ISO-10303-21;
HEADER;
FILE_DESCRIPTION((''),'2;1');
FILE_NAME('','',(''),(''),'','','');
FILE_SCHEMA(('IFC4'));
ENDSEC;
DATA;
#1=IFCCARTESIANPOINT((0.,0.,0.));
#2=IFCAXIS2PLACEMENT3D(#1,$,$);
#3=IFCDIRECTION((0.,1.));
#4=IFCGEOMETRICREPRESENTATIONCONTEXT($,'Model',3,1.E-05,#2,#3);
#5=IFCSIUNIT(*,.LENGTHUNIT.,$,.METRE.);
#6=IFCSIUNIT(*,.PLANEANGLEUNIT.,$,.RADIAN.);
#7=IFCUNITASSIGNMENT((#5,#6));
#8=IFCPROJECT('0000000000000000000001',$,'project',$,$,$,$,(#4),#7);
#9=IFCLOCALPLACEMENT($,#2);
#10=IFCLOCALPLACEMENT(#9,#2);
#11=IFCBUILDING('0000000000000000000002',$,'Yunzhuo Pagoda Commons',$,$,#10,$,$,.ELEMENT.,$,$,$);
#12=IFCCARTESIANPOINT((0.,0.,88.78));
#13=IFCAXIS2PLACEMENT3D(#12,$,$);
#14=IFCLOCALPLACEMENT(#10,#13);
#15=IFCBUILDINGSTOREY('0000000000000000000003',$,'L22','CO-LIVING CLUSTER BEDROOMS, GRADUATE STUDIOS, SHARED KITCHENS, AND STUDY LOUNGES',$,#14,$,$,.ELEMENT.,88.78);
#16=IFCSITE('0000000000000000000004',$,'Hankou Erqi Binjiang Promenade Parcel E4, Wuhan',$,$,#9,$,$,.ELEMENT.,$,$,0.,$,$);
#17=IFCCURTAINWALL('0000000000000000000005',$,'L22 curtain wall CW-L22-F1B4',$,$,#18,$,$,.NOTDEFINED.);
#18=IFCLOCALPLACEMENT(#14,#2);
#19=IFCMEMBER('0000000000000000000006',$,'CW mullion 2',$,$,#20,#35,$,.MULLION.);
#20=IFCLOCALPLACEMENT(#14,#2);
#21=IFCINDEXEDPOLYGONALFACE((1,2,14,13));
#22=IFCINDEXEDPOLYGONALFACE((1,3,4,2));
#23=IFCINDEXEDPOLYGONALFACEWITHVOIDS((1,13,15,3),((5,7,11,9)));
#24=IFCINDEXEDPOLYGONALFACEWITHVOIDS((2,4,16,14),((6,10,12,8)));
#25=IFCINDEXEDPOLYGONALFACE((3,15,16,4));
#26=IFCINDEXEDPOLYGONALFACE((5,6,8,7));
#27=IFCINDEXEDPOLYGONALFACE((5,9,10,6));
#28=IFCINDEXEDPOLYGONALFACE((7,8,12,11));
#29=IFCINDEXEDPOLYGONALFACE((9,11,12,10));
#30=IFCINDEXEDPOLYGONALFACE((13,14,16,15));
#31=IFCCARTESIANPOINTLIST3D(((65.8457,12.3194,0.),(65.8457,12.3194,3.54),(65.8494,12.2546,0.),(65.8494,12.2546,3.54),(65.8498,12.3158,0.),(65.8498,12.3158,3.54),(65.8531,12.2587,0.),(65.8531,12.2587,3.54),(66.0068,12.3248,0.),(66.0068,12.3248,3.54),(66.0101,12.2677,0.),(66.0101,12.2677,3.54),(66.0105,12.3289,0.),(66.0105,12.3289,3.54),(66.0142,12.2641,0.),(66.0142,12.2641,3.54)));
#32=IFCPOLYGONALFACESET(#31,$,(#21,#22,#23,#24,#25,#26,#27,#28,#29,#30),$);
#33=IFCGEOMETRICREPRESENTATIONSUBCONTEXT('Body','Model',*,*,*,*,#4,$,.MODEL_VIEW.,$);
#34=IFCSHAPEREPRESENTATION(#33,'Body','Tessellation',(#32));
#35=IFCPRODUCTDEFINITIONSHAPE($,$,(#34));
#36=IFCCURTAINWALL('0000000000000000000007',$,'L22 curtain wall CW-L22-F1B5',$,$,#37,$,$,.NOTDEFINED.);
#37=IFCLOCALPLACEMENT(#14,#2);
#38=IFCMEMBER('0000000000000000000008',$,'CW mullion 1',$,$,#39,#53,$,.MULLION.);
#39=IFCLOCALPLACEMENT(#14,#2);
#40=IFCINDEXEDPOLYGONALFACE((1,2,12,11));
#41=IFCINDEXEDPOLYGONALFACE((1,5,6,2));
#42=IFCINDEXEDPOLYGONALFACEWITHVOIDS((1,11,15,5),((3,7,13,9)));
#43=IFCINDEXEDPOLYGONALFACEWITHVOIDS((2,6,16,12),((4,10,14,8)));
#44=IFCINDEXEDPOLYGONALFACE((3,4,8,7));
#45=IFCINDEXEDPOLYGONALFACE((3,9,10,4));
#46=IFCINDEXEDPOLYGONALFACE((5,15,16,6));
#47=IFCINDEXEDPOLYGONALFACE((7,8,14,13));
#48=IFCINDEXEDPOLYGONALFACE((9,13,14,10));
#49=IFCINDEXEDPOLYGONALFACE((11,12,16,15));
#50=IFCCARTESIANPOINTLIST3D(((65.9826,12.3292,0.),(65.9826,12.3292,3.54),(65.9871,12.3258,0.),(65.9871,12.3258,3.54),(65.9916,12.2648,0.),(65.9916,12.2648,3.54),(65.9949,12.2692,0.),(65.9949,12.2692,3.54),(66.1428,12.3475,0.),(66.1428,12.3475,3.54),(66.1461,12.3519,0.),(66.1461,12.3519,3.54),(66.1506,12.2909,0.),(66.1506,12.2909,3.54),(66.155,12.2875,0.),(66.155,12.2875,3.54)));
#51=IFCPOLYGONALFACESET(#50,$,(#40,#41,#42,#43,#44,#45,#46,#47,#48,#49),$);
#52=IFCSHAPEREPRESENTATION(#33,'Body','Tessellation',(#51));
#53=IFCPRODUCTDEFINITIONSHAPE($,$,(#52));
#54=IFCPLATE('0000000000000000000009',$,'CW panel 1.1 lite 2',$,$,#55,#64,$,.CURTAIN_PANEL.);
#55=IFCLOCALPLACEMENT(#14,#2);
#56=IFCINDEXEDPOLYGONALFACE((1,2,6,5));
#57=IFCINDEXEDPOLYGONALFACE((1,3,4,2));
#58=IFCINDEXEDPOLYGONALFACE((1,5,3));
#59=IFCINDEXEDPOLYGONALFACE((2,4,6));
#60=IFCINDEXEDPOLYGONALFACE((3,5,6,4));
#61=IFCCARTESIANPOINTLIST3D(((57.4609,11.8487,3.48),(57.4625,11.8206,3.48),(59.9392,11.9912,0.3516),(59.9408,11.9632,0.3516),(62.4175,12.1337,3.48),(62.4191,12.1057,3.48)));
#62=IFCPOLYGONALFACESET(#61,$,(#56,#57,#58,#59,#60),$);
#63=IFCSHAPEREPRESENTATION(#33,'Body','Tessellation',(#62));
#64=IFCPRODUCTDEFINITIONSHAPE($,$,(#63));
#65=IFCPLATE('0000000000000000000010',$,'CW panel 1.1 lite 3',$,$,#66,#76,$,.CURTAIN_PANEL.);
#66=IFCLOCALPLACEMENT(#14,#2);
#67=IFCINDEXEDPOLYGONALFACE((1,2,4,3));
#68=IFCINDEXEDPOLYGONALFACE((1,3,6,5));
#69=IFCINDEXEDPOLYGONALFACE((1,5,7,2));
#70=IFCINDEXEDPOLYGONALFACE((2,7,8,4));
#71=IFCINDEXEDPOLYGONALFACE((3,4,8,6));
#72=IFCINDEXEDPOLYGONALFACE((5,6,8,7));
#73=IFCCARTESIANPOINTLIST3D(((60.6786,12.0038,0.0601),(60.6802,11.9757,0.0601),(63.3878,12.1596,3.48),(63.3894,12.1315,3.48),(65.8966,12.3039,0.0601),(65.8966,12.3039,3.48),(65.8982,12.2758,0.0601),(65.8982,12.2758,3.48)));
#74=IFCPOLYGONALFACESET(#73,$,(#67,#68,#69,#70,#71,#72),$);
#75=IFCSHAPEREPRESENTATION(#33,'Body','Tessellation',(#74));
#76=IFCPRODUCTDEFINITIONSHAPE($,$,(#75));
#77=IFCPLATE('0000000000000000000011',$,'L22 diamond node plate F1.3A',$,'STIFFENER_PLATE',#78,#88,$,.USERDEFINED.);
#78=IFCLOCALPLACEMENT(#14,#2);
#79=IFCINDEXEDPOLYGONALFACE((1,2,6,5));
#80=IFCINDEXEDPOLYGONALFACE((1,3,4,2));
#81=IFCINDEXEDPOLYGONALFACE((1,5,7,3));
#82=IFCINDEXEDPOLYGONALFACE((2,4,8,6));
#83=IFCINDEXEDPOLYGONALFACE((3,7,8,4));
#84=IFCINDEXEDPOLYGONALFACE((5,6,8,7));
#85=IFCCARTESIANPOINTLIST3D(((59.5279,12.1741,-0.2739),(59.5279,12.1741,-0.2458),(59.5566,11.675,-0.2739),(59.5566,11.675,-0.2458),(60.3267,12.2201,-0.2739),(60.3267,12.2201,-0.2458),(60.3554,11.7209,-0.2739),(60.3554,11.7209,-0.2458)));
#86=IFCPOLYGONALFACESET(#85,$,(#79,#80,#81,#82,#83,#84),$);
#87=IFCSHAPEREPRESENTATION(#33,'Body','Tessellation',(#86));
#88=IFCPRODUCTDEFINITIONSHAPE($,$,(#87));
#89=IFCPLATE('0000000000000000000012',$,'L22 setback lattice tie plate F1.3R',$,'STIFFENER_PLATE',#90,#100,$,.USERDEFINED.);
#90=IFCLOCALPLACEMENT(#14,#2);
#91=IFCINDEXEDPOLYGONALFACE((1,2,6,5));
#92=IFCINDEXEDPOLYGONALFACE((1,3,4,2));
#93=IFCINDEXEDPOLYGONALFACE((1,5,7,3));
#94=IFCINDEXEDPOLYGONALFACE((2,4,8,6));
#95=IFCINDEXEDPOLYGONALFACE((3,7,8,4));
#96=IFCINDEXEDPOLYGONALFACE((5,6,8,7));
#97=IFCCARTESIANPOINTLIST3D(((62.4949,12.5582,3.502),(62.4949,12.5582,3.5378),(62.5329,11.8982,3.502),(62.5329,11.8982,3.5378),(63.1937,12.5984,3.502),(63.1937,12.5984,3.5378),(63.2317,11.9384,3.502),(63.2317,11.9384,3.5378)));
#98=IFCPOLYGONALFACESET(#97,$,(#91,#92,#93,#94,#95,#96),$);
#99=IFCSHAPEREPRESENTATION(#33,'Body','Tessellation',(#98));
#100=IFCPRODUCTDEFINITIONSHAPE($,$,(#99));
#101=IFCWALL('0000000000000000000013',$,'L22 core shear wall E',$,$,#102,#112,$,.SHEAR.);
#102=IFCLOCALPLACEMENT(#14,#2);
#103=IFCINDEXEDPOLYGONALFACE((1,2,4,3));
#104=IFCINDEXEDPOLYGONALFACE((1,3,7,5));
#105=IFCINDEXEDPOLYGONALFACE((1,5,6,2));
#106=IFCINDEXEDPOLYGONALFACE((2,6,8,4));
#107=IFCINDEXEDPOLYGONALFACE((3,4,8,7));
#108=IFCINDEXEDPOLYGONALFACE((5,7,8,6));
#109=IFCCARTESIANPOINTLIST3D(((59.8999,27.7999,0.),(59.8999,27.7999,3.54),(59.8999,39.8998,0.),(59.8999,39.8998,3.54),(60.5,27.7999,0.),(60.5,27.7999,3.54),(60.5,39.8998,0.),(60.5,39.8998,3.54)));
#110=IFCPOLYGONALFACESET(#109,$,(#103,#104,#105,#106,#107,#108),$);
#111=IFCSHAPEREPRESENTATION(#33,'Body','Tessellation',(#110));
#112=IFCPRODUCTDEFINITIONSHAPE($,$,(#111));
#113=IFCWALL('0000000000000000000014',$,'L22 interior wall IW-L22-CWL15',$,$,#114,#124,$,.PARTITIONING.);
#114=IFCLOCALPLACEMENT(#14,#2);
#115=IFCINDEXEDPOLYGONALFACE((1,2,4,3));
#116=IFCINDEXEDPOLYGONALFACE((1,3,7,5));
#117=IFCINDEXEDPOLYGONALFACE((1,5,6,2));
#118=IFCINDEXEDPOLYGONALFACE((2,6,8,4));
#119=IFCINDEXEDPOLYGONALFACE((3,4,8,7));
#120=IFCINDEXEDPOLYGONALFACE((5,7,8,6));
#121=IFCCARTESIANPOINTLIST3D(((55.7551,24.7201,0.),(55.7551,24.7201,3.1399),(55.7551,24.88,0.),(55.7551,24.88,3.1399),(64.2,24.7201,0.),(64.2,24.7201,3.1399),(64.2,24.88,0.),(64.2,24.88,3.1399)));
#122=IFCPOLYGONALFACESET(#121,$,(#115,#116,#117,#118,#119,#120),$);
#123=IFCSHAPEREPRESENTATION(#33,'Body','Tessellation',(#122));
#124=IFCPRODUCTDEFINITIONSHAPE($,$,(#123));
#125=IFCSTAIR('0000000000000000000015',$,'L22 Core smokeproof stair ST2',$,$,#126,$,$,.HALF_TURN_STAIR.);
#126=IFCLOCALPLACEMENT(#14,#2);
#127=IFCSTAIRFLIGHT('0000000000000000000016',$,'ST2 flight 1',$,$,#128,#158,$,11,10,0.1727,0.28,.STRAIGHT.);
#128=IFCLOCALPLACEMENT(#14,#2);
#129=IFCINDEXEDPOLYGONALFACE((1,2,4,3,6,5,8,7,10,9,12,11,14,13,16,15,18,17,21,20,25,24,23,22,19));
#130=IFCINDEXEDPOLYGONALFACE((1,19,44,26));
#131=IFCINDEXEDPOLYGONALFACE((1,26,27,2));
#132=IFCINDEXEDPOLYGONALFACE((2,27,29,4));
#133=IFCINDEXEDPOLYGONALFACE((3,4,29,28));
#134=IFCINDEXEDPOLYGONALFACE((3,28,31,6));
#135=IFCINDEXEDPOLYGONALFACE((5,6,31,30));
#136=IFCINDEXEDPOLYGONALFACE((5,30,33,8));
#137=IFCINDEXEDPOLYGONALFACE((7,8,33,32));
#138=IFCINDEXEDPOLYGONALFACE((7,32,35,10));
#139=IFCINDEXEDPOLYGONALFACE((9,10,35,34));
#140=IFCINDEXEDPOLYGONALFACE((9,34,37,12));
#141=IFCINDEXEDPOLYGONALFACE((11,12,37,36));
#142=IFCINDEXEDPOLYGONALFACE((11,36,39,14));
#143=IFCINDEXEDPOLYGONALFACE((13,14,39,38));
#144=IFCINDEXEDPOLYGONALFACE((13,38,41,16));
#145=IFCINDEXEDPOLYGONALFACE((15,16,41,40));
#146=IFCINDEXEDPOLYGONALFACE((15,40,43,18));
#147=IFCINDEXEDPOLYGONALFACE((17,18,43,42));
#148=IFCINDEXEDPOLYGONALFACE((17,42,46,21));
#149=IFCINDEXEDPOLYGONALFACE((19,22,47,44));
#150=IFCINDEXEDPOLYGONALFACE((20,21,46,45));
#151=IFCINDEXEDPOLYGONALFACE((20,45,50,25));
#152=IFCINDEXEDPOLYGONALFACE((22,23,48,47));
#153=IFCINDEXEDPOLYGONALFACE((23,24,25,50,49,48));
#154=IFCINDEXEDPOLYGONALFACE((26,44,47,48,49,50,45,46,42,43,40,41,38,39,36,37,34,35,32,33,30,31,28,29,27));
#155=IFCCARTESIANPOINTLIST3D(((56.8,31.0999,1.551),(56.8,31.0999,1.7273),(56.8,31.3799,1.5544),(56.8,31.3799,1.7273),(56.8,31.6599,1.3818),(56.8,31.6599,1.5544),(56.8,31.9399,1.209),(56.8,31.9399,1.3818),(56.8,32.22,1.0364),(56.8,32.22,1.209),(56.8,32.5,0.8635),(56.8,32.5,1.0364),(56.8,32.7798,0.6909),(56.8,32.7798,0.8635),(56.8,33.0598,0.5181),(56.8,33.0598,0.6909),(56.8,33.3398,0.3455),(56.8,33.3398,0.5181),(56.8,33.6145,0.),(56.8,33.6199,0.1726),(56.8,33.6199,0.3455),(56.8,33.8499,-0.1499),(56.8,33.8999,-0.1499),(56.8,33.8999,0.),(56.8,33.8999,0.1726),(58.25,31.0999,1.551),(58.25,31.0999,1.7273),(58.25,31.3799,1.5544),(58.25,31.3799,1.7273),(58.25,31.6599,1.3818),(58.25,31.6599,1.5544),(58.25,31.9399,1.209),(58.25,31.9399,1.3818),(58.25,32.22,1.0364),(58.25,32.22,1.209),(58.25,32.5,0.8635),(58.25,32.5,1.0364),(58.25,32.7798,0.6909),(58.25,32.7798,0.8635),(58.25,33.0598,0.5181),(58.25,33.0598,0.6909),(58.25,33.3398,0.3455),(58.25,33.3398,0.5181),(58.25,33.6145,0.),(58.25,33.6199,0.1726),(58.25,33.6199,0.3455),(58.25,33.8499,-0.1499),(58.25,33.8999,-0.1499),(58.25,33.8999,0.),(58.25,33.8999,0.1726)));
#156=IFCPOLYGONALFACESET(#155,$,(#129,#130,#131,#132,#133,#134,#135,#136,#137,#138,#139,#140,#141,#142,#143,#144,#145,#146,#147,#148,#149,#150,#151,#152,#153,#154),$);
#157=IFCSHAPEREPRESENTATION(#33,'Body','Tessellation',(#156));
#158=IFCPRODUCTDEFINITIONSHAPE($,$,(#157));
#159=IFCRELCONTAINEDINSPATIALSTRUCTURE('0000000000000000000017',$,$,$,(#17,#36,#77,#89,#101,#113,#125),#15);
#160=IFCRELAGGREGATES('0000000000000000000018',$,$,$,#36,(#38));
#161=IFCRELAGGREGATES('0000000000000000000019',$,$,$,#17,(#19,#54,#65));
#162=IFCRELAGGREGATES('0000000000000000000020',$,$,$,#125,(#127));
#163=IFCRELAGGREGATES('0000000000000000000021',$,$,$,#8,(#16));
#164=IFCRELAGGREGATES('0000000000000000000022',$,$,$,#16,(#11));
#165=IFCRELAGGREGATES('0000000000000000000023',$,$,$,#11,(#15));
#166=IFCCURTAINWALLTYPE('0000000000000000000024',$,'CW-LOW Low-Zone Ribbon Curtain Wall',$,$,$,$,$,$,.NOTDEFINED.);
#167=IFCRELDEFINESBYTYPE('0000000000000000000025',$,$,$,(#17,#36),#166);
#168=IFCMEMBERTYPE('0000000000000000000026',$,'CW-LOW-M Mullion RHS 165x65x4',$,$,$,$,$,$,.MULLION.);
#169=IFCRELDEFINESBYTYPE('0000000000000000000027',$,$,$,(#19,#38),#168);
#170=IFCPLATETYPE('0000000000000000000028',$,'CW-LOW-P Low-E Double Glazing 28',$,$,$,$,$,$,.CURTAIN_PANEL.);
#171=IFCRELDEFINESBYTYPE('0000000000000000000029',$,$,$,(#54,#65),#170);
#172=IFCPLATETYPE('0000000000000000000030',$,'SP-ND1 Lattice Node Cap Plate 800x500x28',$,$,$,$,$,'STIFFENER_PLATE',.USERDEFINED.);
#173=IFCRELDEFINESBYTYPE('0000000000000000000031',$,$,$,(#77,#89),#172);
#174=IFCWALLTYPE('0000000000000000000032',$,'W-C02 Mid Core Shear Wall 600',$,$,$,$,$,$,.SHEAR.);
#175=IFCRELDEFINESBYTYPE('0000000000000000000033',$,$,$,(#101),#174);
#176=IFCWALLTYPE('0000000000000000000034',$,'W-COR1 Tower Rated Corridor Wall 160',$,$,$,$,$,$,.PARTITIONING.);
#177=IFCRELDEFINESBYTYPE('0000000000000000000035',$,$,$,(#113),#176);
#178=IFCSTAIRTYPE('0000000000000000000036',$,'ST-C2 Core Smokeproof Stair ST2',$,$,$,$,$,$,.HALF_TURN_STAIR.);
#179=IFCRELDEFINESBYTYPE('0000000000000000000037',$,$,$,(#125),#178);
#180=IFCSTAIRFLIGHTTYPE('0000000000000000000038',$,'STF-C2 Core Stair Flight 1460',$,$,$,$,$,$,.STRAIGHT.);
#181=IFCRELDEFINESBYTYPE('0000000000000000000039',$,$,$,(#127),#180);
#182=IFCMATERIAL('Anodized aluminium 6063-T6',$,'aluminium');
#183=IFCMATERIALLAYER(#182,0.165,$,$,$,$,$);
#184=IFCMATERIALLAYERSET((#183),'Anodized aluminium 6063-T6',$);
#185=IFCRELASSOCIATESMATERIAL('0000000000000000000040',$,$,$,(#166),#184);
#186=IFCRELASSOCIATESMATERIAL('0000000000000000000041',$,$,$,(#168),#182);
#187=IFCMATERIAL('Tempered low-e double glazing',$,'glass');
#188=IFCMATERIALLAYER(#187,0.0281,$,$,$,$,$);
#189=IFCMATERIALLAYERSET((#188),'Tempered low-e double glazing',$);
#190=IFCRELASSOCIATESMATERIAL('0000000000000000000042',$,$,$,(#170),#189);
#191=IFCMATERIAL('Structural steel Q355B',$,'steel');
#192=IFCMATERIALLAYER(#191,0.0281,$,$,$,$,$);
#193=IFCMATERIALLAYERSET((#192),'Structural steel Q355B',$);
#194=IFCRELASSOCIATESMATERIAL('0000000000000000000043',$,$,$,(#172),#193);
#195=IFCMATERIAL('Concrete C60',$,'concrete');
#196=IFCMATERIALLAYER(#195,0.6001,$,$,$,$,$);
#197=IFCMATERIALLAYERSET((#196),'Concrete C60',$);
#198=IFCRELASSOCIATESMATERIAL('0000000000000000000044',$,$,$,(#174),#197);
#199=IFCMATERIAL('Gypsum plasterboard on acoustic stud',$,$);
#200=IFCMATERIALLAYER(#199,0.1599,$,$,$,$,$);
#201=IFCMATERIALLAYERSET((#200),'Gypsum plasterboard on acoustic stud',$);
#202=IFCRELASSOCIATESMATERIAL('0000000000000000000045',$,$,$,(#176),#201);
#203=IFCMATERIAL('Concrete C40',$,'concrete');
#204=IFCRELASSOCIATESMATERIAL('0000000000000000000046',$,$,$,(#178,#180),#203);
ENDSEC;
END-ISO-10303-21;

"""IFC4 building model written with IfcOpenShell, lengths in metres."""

from ifc_helpers import new_model, si_unit, direction, frame, frame_2d, origin, origin_2d, place, context, subcontext, project, spatial, polyline, rectangle, hollow_rectangle, outline, extrude, source, transform, mapped, material, layer, layer_set, material_profile, profile_set, type_object, element, aggregate, save


model = new_model("IFC4")

# Units and contexts
model_context = context("Model", 3, precision=1e-05, world=origin(), true_north=direction((0.0, 1.0)))
body_context = subcontext(model_context, "Body", "Model", "MODEL_VIEW")
ifc_project = project(units=[si_unit("LENGTHUNIT", "METRE"), si_unit("PLANEANGLEUNIT", "RADIAN")], contexts=[model_context])

# Site, building, storey
site_placement = place(None, origin())
site = spatial("IfcSite", under=ifc_project, at=site_placement, Name="Hankou Erqi Binjiang Promenade Parcel E4, Wuhan", CompositionType="ELEMENT", RefElevation=0.0)
building_placement = place(site_placement, origin())
building = spatial("IfcBuilding", under=site, at=building_placement, Name="Yunzhuo Pagoda Commons", CompositionType="ELEMENT")
storey_placement = place(building_placement, frame((0.0, 0.0, 88.78)))
storey = spatial("IfcBuildingStorey", under=building, at=storey_placement, Name="L22", Description="CO-LIVING CLUSTER BEDROOMS, GRADUATE STUDIOS, SHARED KITCHENS, AND STUDY LOUNGES", CompositionType="ELEMENT", Elevation=88.78)

# Shared definitions
ifc_material_1 = material(Name="Structural steel Q355B", Category="steel")

# Curtain walls, members
ifc_material_2 = material(Name="Anodized aluminium 6063-T6", Category="aluminium")
ifc_layer_1 = layer(ifc_material_2, 0.165)
ifc_layer_set_1 = layer_set([ifc_layer_1], Name="Anodized aluminium 6063-T6")
curtain_wall_type = type_object("IfcCurtainWallType", Name="CW-LOW Low-Zone Ribbon Curtain Wall", PredefinedType="NOTDEFINED", material=ifc_layer_set_1)
curtain_wall_1_placement = place(storey_placement, origin())
curtain_wall_1 = element("IfcCurtainWall", 1, at=curtain_wall_1_placement, inside=storey, type_object=curtain_wall_type, Name="L22 curtain wall CW-L22-F1B4", PredefinedType="NOTDEFINED")
ifc_material_profile_1 = material_profile(ifc_material_2, hollow_rectangle(XDim=0.0649, YDim=0.165, WallThickness=0.0039, at=origin_2d()), Name="Anodized aluminium 6063-T6")
ifc_profile_set_1 = profile_set([ifc_material_profile_1], Name="Anodized aluminium 6063-T6")
member_type_1 = type_object("IfcMemberType", Name="CW-LOW-M Mullion RHS 165x65x4", PredefinedType="MULLION", material=ifc_profile_set_1)
shared_shape_1 = source(origin(), body_context, "Body", "SweptSolid", [
    extrude(hollow_rectangle(XDim=0.0649, YDim=0.165, WallThickness=0.0039, at=origin_2d()), origin(), (0.0, 0.0, 1.0), 3.54),
])
member_1_placement = place(storey_placement, frame((65.9299, 12.2917, 0.0), z_axis=(0.0, 0.0, 1.0), x_axis=(-0.057418, 0.99835, 0.0)))
member_1 = element("IfcMember", 2, at=member_1_placement, type_object=member_type_1, Name="CW mullion 2", PredefinedType="MULLION", context=body_context, shape_type="MappedRepresentation", body=[
    mapped(shared_shape_1, transform((0.0, 0.0, 0.0), scale=1.0)),
])
curtain_wall_2_placement = place(storey_placement, origin())
curtain_wall_2 = element("IfcCurtainWall", 3, at=curtain_wall_2_placement, inside=storey, type_object=curtain_wall_type, Name="L22 curtain wall CW-L22-F1B5", PredefinedType="NOTDEFINED")
member_2_placement = place(storey_placement, frame((66.0688, 12.3083, 0.0), z_axis=(0.0, 0.0, 1.0), x_axis=(-0.137496, 0.990502, 0.0)))
member_2 = element("IfcMember", 4, at=member_2_placement, type_object=member_type_1, Name="CW mullion 1", PredefinedType="MULLION", context=body_context, shape_type="MappedRepresentation", body=[
    mapped(shared_shape_1, transform((0.0, 0.0, 0.0), scale=1.0)),
])
aggregate(curtain_wall_2, [member_2])

# Plates
ifc_material_3 = material(Name="Tempered low-e double glazing", Category="glass")
ifc_layer_2 = layer(ifc_material_3, 0.0281)
ifc_layer_set_2 = layer_set([ifc_layer_2], Name="Tempered low-e double glazing")
plate_type_1 = type_object("IfcPlateType", Name="CW-LOW-P Low-E Double Glazing 28", PredefinedType="CURTAIN_PANEL", material=ifc_layer_set_2)
plate_1_placement = place(storey_placement, frame((59.9392, 11.9912, 1.9158), z_axis=(0.057418, -0.99835, 0.0), x_axis=(0.99835, 0.057418, 0.0)))
plate_1 = element("IfcPlate", 5, at=plate_1_placement, type_object=plate_type_1, Name="CW panel 1.1 lite 2", PredefinedType="CURTAIN_PANEL", context=body_context, shape_type="SweptSolid", body=[
    extrude(outline(polyline([(-2.4824, 1.5642), (0.0, -1.5642), (2.4824, 1.5642), (-2.4824, 1.5642)])), origin(), (0.0, 0.0, 1.0), 0.0281),
])
plate_2_placement = place(storey_placement, frame((63.2876, 12.1538, 1.77), z_axis=(0.057418, -0.99835, 0.0), x_axis=(0.99835, 0.057418, 0.0)))
plate_2 = element("IfcPlate", 6, at=plate_2_placement, type_object=plate_type_1, Name="CW panel 1.1 lite 3", PredefinedType="CURTAIN_PANEL", context=body_context, shape_type="SweptSolid", body=[
    extrude(outline(polyline([(-2.6133, -1.71), (2.6133, -1.71), (2.6133, 1.71), (0.1003, 1.71), (-2.6133, -1.71)])), origin(), (0.0, 0.0, 1.0), 0.0281),
])
aggregate(curtain_wall_1, [member_1, plate_1, plate_2])

# Plates
ifc_layer_3 = layer(ifc_material_1, 0.0281)
ifc_layer_set_3 = layer_set([ifc_layer_3], Name="Structural steel Q355B")
plate_type_2 = type_object("IfcPlateType", Name="SP-ND1 Lattice Node Cap Plate 800x500x28", ElementType="STIFFENER_PLATE", PredefinedType="USERDEFINED", material=ifc_layer_set_3)
shared_shape_2 = source(origin(), body_context, "Body", "SweptSolid", [
    extrude(rectangle(XDim=0.8, YDim=0.5, at=origin_2d()), origin(), (0.0, 0.0, 1.0), 0.0281),
])
plate_3_placement = place(storey_placement, frame((59.9417, 11.9475, -0.2739), z_axis=(0.0, 0.0, 1.0), x_axis=(0.99835, 0.057425, 0.0)))
element("IfcPlate", 7, at=plate_3_placement, inside=storey, type_object=plate_type_2, Name="L22 diamond node plate F1.3A", ObjectType="STIFFENER_PLATE", PredefinedType="USERDEFINED", context=body_context, shape_type="MappedRepresentation", body=[
    mapped(shared_shape_2, transform((0.0, 0.0, 0.0), scale=1.0)),
])
shared_shape_3 = source(origin(), body_context, "Body", "SweptSolid", [
    extrude(rectangle(XDim=0.7, YDim=0.6611, at=origin_2d()), origin(), (0.0, 0.0, 1.0), 0.0359),
])
plate_4_placement = place(storey_placement, frame((62.8633, 12.2483, 3.502), z_axis=(0.0, 0.0, 1.0), x_axis=(0.99835, 0.057425, 0.0)))
element("IfcPlate", 8, at=plate_4_placement, inside=storey, type_object=plate_type_2, Name="L22 setback lattice tie plate F1.3R", ObjectType="STIFFENER_PLATE", PredefinedType="USERDEFINED", context=body_context, shape_type="MappedRepresentation", body=[
    mapped(shared_shape_3, transform((0.0, 0.0, 0.0), scale=1.0)),
])

# Walls
ifc_material_4 = material(Name="Concrete C60", Category="concrete")
ifc_layer_4 = layer(ifc_material_4, 0.6001)
ifc_layer_set_4 = layer_set([ifc_layer_4], Name="Concrete C60")
wall_type_1 = type_object("IfcWallType", Name="W-C02 Mid Core Shear Wall 600", PredefinedType="SHEAR", material=ifc_layer_set_4)
wall_1_placement = place(storey_placement, frame((60.2, 27.8, 0.0), z_axis=(0.0, 0.0, 1.0), x_axis=(0.0, 1.0, 0.0)))
element("IfcWall", 9, at=wall_1_placement, inside=storey, type_object=wall_type_1, Name="L22 core shear wall E", PredefinedType="SHEAR", context=body_context, shape_type="SweptSolid", body=[
    extrude(rectangle(XDim=12.0999, YDim=0.6001, at=frame_2d((6.0498, 0.0))), origin(), (0.0, 0.0, 1.0), 3.54),
])
ifc_material_5 = material(Name="Gypsum plasterboard on acoustic stud")
ifc_layer_5 = layer(ifc_material_5, 0.1599)
ifc_layer_set_5 = layer_set([ifc_layer_5], Name="Gypsum plasterboard on acoustic stud")
wall_type_2 = type_object("IfcWallType", Name="W-COR1 Tower Rated Corridor Wall 160", PredefinedType="PARTITIONING", material=ifc_layer_set_5)
wall_2_placement = place(storey_placement, frame((64.2, 24.8, 0.0), z_axis=(0.0, 0.0, 1.0), x_axis=(-1.0, 0.0, 0.0)))
element("IfcWall", 10, at=wall_2_placement, inside=storey, type_object=wall_type_2, Name="L22 interior wall IW-L22-CWL15", PredefinedType="PARTITIONING", context=body_context, shape_type="SweptSolid", body=[
    extrude(rectangle(XDim=8.4448, YDim=0.1599, at=frame_2d((4.2224, 0.0))), origin(), (0.0, 0.0, 1.0), 3.1399),
])

# Stair, stair flight
ifc_material_6 = material(Name="Concrete C40", Category="concrete")
stair_type = type_object("IfcStairType", Name="ST-C2 Core Smokeproof Stair ST2", PredefinedType="HALF_TURN_STAIR", material=ifc_material_6)
stair_placement = place(storey_placement, origin())
stair = element("IfcStair", 11, at=stair_placement, inside=storey, type_object=stair_type, Name="L22 Core smokeproof stair ST2", PredefinedType="HALF_TURN_STAIR")
stair_flight_type = type_object("IfcStairFlightType", Name="STF-C2 Core Stair Flight 1460", PredefinedType="STRAIGHT", material=ifc_material_6)
shared_shape_4 = source(origin(), body_context, "Body", "SweptSolid", [
    extrude(outline(polyline([(0.0, -0.1499), (0.0, 0.0), (0.0, 0.1726), (0.28, 0.1726), (0.28, 0.3455), (0.5601, 0.3455), (0.5601, 0.5181), (0.8401, 0.5181), (0.8401, 0.6909), (1.1201, 0.6909), (1.1201, 0.8635), (1.3999, 0.8635), (1.3999, 1.0364), (1.6799, 1.0364), (1.6799, 1.209), (1.96, 1.209), (1.96, 1.3818), (2.24, 1.3818), (2.24, 1.5544), (2.52, 1.5544), (2.52, 1.7273), (2.8, 1.7273), (2.8, 1.8999), (2.8, 1.551), (0.2854, 0.0), (0.05, -0.1499), (0.0, -0.1499)])), frame((0.0, 0.7251, 0.0), z_axis=(0.0, -1.0, 0.0), x_axis=(1.0, 0.0, 0.0)), (0.0, 0.0, 1.0), 1.45),
])
stair_flight_1_placement = place(storey_placement, frame((57.5249, 33.8999, 0.0), z_axis=(0.0, 0.0, 1.0), x_axis=(0.0, -1.0, 0.0)))
stair_flight_1 = element("IfcStairFlight", 12, at=stair_flight_1_placement, type_object=stair_flight_type, Name="ST2 flight 1", NumberOfRisers=11, NumberOfTreads=10, PredefinedType="STRAIGHT", RiserHeight=0.1727, TreadLength=0.28, context=body_context, shape_type="MappedRepresentation", body=[
    mapped(shared_shape_4, transform((0.0, 0.0, 0.0), scale=1.0)),
])
aggregate(stair, [stair_flight_1])

save(model, "model.ifc")
